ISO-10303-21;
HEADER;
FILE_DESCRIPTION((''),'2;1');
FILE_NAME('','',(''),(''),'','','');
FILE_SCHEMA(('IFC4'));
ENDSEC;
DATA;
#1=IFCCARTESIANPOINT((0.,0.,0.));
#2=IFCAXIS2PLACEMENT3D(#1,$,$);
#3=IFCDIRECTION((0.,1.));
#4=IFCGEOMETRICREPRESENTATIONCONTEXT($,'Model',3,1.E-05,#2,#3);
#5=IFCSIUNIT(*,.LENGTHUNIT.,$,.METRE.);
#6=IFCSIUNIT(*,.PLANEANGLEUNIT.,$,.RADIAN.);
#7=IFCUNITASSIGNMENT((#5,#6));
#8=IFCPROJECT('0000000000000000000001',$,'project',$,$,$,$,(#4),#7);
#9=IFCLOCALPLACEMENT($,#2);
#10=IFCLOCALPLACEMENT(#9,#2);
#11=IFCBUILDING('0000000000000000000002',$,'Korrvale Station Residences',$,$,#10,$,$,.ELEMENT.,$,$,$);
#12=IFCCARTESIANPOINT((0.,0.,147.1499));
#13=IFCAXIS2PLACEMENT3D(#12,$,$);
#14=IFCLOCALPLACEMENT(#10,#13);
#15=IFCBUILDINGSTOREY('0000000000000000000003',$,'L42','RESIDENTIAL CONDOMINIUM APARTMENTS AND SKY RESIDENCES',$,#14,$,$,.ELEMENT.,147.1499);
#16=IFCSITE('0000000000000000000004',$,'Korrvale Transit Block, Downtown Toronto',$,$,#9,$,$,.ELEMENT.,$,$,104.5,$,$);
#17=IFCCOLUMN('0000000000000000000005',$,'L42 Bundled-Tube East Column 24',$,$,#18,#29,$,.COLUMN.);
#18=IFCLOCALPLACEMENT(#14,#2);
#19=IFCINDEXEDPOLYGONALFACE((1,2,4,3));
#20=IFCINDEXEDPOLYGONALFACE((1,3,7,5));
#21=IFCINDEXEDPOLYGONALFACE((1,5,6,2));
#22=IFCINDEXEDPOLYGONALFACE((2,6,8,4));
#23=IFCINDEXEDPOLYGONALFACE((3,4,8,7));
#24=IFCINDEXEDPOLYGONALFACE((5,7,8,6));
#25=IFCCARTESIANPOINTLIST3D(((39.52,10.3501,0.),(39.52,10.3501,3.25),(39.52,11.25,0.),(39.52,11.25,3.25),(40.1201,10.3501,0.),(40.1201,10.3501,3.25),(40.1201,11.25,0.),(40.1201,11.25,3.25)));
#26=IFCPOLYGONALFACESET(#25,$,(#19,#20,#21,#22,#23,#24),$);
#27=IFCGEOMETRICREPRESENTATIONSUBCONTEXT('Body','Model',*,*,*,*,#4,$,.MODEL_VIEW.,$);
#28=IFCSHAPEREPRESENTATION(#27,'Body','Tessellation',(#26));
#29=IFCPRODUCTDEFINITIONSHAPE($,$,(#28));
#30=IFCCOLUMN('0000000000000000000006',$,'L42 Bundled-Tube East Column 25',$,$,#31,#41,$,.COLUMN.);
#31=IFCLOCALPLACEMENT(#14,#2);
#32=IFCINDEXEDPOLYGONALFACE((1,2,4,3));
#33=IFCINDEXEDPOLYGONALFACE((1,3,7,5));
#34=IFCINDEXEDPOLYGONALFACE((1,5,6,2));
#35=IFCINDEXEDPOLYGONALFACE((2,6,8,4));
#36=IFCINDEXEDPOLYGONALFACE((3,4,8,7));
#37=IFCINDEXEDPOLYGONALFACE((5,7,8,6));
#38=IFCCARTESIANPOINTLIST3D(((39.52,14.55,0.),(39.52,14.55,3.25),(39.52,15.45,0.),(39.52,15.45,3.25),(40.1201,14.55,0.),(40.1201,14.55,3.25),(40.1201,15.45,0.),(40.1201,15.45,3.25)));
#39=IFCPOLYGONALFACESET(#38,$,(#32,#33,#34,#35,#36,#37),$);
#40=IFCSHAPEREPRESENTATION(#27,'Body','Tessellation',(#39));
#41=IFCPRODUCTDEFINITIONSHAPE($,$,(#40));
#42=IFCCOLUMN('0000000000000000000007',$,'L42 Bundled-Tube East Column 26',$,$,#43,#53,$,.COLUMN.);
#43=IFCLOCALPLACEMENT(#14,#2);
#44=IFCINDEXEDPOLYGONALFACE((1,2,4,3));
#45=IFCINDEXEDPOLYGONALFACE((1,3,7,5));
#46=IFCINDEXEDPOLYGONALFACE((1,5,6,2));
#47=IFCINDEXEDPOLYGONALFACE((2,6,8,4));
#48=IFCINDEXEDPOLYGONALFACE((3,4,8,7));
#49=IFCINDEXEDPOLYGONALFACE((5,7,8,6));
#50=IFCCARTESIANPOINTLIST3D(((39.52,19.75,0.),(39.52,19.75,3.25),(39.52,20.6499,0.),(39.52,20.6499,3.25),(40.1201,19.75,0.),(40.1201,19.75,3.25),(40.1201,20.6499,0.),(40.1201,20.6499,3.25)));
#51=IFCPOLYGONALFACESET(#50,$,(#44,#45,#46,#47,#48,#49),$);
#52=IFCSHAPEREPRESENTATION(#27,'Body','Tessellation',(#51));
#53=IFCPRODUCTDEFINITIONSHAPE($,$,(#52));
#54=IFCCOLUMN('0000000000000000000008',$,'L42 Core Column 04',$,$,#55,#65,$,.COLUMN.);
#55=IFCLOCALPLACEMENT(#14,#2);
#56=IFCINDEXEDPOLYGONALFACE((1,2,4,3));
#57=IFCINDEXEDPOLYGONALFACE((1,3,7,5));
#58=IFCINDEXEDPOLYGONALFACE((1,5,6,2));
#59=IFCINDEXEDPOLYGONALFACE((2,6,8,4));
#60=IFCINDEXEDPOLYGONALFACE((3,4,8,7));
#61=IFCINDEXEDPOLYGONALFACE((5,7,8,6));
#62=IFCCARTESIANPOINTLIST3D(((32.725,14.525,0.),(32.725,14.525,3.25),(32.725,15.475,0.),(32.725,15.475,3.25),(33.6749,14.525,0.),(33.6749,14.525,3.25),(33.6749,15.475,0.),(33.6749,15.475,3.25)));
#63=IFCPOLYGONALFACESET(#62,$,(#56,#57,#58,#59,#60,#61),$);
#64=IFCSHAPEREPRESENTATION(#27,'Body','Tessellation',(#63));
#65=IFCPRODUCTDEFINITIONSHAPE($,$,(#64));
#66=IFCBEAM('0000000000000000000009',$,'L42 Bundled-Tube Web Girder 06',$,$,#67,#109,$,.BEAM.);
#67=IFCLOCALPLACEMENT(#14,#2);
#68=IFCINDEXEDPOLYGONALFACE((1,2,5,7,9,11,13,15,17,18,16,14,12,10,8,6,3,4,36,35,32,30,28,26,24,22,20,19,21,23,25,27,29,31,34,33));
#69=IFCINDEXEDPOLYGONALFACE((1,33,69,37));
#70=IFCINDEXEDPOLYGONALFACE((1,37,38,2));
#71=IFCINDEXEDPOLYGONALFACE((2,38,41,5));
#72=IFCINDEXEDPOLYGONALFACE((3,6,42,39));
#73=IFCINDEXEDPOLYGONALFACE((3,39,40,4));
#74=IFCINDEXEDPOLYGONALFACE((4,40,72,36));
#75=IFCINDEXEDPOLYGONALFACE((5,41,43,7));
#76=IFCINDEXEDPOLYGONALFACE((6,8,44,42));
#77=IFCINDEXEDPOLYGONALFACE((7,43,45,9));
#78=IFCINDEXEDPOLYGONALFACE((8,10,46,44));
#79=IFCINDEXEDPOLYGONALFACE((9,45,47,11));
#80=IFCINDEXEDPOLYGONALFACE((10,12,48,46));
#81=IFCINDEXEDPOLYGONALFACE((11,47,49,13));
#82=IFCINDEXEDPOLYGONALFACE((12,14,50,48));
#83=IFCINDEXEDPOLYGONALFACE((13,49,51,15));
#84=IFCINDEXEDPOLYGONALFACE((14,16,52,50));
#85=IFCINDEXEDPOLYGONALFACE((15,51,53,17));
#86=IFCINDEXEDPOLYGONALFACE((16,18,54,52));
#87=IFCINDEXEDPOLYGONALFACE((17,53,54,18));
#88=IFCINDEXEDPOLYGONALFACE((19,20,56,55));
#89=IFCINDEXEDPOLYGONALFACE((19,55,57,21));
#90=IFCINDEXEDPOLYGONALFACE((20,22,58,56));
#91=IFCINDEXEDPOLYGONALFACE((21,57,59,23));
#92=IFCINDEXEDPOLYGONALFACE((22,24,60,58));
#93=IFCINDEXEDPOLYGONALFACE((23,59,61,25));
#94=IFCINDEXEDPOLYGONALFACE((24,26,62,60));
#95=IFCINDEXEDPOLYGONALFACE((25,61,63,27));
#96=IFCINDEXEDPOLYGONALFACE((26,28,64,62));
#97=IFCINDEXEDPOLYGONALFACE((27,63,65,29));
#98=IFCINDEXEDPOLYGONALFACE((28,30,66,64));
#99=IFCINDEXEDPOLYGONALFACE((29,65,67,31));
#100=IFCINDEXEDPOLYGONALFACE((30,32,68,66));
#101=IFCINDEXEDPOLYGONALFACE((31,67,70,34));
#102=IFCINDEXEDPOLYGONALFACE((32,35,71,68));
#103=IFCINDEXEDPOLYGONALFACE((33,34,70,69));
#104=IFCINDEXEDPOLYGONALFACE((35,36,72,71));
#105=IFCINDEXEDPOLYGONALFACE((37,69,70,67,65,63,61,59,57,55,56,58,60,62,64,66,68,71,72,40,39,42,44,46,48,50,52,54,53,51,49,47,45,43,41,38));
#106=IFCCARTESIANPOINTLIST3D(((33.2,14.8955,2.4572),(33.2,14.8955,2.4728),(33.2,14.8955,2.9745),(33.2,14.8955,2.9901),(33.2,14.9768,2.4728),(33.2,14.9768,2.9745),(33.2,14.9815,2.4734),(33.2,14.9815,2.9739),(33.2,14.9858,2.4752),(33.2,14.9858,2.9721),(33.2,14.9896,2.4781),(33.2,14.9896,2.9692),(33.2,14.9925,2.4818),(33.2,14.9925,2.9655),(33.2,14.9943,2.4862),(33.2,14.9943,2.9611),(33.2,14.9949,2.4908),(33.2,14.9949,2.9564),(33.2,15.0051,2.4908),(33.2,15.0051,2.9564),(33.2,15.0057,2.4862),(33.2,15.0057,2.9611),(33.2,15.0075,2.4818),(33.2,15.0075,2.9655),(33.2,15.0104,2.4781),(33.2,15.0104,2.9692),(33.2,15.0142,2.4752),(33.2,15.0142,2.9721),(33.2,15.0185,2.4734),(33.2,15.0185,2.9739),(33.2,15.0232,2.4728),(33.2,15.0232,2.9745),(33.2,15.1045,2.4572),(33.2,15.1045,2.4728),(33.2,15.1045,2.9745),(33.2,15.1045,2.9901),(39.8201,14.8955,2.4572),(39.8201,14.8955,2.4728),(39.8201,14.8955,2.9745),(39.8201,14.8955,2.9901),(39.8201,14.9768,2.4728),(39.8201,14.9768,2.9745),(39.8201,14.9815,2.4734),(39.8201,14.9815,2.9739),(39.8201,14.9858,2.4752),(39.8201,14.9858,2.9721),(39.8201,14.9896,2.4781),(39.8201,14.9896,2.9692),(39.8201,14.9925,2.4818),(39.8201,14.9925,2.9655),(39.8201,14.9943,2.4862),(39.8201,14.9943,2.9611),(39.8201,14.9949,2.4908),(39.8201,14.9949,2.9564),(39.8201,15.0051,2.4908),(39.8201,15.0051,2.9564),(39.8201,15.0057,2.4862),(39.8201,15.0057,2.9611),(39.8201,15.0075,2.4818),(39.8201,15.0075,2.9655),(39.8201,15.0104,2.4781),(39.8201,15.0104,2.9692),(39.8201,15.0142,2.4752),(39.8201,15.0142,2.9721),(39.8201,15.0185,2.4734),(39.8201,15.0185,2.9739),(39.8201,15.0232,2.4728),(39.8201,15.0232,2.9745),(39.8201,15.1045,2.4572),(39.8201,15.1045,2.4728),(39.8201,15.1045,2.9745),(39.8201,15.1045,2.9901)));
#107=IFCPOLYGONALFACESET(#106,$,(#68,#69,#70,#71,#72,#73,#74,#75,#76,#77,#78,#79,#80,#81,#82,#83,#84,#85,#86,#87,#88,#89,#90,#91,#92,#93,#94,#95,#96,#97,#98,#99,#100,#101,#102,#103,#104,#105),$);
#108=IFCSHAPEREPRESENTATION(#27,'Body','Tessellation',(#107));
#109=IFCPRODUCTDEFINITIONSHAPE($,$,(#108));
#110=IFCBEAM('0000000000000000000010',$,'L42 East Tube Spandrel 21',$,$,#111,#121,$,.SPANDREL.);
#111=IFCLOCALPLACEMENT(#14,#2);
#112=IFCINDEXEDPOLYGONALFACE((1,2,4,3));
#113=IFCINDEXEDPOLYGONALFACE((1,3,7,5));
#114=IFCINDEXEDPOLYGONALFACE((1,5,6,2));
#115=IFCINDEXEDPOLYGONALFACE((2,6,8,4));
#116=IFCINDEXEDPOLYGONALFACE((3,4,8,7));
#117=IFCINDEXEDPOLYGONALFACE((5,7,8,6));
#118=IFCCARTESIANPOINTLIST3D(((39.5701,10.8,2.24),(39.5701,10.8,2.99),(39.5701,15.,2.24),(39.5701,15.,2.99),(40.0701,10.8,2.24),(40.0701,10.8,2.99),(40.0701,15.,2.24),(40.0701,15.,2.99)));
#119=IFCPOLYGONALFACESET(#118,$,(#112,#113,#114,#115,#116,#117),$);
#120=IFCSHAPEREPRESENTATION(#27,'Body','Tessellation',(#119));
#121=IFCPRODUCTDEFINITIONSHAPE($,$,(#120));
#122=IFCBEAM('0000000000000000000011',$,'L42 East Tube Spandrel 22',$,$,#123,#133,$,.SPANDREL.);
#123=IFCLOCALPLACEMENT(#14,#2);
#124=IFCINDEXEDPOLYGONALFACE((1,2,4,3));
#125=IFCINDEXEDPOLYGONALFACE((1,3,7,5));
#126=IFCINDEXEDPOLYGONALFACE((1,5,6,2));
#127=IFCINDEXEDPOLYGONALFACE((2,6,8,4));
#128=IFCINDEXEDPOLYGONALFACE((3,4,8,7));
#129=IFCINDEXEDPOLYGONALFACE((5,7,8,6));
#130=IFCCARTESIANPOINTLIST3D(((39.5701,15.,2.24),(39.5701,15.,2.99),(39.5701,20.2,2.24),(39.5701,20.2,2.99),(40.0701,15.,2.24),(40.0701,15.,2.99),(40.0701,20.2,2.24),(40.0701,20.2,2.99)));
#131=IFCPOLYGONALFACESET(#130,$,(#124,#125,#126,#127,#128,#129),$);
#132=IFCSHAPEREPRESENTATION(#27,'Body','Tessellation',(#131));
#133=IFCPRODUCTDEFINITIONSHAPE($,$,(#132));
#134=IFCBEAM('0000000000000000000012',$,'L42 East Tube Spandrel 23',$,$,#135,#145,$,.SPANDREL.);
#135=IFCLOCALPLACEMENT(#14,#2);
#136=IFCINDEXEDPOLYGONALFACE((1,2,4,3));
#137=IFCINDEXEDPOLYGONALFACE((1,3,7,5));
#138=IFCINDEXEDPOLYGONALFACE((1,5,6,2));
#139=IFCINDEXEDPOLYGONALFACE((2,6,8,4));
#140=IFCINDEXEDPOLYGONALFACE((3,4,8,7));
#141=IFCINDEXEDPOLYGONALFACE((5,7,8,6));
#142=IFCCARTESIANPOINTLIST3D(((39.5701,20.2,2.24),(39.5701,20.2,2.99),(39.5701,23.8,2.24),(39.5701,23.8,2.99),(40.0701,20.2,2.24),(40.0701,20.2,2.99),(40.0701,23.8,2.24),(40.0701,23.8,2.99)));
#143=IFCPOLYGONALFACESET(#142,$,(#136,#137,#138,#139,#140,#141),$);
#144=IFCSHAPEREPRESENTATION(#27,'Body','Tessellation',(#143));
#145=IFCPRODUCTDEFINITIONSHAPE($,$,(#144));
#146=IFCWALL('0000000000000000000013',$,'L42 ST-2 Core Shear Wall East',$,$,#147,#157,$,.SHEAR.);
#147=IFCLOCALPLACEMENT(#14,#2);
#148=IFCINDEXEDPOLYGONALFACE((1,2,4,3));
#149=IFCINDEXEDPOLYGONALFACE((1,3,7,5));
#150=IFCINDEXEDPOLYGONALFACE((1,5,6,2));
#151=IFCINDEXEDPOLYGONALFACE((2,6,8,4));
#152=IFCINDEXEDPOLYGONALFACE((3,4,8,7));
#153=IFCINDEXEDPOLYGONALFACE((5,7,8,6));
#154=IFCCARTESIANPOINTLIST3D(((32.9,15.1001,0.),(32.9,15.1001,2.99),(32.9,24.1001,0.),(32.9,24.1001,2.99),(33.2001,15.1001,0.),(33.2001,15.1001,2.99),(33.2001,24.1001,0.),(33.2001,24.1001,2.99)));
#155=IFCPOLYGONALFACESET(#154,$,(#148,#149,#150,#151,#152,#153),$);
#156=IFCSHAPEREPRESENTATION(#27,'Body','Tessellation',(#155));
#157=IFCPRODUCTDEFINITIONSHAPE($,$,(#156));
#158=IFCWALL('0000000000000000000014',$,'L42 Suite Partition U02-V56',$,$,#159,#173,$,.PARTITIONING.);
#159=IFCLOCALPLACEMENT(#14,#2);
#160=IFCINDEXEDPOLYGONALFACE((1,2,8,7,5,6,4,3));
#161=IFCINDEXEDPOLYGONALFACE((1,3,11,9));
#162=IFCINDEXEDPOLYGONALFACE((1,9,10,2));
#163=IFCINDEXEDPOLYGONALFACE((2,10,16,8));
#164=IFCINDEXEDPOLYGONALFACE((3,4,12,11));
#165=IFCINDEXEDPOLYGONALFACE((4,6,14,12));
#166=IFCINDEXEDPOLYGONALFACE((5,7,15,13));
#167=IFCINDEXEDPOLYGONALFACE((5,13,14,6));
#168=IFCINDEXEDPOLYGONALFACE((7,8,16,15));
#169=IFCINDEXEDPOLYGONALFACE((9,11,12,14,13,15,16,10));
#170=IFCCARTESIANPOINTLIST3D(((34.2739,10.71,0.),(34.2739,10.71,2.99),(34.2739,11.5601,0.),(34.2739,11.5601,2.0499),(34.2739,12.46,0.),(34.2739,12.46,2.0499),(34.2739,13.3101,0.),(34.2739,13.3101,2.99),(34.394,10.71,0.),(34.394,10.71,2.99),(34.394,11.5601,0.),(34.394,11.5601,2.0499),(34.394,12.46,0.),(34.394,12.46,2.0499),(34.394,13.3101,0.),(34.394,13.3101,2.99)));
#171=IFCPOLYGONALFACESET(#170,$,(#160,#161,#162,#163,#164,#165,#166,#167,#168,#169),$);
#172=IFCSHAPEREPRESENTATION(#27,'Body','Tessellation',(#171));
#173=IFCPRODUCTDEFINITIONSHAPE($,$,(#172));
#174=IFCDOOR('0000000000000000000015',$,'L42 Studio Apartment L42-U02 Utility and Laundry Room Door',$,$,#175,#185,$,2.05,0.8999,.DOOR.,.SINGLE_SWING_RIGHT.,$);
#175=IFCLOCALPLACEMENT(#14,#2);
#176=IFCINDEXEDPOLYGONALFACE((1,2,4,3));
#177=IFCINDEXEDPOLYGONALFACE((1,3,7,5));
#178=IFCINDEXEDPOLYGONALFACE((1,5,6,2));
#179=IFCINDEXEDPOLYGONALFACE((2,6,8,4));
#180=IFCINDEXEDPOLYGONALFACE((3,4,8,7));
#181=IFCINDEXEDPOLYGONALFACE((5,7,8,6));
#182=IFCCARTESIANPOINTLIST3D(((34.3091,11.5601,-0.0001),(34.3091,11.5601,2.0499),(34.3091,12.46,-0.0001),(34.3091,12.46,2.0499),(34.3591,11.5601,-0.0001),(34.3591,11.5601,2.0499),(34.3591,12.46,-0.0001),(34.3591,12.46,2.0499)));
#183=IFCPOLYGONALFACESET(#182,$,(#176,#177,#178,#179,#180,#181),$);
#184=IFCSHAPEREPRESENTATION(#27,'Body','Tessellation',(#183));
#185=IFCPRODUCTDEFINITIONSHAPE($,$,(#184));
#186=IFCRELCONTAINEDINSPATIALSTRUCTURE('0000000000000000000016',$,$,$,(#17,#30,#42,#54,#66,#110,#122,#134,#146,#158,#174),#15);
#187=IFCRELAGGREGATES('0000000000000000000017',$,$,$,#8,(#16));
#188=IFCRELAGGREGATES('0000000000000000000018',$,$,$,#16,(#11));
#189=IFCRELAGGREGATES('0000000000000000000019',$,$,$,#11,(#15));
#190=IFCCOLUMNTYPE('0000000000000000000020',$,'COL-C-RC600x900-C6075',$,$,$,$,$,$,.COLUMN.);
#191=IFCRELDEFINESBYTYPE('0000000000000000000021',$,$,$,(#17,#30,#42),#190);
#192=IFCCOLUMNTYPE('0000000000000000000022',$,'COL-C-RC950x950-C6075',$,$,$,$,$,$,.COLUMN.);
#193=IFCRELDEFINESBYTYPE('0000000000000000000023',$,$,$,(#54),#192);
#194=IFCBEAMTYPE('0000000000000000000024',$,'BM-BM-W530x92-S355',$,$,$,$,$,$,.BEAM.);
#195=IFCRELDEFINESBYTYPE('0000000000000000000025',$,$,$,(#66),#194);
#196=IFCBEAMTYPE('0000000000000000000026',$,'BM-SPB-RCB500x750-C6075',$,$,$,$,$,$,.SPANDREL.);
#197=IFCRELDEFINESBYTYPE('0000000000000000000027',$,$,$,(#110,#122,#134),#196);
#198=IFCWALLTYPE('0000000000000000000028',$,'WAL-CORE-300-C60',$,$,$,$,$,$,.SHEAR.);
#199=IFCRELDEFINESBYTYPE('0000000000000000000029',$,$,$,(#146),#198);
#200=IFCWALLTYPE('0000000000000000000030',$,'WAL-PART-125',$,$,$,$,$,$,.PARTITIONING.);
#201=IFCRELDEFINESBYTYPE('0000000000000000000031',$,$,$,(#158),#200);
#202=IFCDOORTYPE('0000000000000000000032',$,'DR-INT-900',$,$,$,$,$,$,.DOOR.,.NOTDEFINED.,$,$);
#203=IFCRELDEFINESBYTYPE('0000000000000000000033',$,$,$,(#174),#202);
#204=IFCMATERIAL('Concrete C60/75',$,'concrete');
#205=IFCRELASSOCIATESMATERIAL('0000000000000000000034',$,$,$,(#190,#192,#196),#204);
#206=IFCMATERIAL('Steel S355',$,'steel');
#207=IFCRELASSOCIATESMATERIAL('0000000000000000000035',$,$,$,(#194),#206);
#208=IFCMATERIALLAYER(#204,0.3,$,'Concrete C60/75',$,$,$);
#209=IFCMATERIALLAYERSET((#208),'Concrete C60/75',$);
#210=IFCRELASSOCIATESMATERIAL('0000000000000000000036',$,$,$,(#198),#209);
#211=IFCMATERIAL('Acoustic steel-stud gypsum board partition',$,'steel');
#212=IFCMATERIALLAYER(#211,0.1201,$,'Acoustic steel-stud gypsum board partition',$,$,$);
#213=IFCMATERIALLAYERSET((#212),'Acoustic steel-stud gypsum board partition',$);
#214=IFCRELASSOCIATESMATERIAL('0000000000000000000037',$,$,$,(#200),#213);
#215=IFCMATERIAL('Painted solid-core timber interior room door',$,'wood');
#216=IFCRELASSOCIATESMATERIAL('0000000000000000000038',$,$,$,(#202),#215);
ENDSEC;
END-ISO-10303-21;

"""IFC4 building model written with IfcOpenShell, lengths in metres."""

from ifc_helpers import new_model, si_unit, direction, frame, frame_2d, origin, origin_2d, place, context, subcontext, project, spatial, rectangle, i_section, extrude, material, layer, layer_set, material_profile, profile_set, type_object, element, fill, save


model = new_model("IFC4")

# Units and contexts
model_context = context("Model", 3, precision=1e-05, world=origin(), true_north=direction((0.0, 1.0)))
body_context = subcontext(model_context, "Body", "Model", "MODEL_VIEW")
ifc_project = project(units=[si_unit("LENGTHUNIT", "METRE"), si_unit("PLANEANGLEUNIT", "RADIAN")], contexts=[model_context])

# Site, building, storey
site_placement = place(None, origin())
site = spatial("IfcSite", under=ifc_project, at=site_placement, Name="Korrvale Transit Block, Downtown Toronto", CompositionType="ELEMENT", RefElevation=104.5)
building_placement = place(site_placement, origin())
building = spatial("IfcBuilding", under=site, at=building_placement, Name="Korrvale Station Residences", CompositionType="ELEMENT")
storey_placement = place(building_placement, frame((0.0, 0.0, 147.1499)))
storey = spatial("IfcBuildingStorey", under=building, at=storey_placement, Name="L42", Description="RESIDENTIAL CONDOMINIUM APARTMENTS AND SKY RESIDENCES", CompositionType="ELEMENT", Elevation=147.1499)

# Columns
ifc_material_1 = material(Name="Concrete C60/75", Category="concrete")
ifc_material_profile_1 = material_profile(ifc_material_1, rectangle(XDim=0.6001, YDim=0.8999, at=origin_2d()), Name="RC600x900")
ifc_profile_set_1 = profile_set([ifc_material_profile_1], Name="Concrete C60/75")
column_type_1 = type_object("IfcColumnType", Name="COL-C-RC600x900-C6075", PredefinedType="COLUMN", material=ifc_profile_set_1)
for number, where, z_axis, x_axis, name in (
    (1, (39.8201, 10.8, 0.0), (0.0, 0.0, 1.0), (1.0, 0.0, 0.0), "L42 Bundled-Tube East Column 24"),
    (2, (39.8201, 15.0, 0.0), (0.0, 0.0, 1.0), (1.0, 0.0, 0.0), "L42 Bundled-Tube East Column 25"),
    (3, (39.8201, 20.2, 0.0), (0.0, 0.0, 1.0), (1.0, 0.0, 0.0), "L42 Bundled-Tube East Column 26"),
):
    element("IfcColumn", number, at=place(storey_placement, frame(where, z_axis=z_axis, x_axis=x_axis)), inside=storey, type_object=column_type_1, Name=name, PredefinedType="COLUMN", context=body_context, shape_type="SweptSolid", body=[
        extrude(rectangle(XDim=0.6001, YDim=0.8999, at=origin_2d()), origin(), (0.0, 0.0, 1.0), 3.25),
    ])
ifc_material_profile_2 = material_profile(ifc_material_1, rectangle(XDim=0.95, YDim=0.95, at=origin_2d()), Name="RC950x950")
ifc_profile_set_2 = profile_set([ifc_material_profile_2], Name="Concrete C60/75")
column_type_2 = type_object("IfcColumnType", Name="COL-C-RC950x950-C6075", PredefinedType="COLUMN", material=ifc_profile_set_2)
column_placement = place(storey_placement, frame((33.2, 15.0, 0.0), z_axis=(0.0, 0.0, 1.0), x_axis=(1.0, 0.0, 0.0)))
element("IfcColumn", 4, at=column_placement, inside=storey, type_object=column_type_2, Name="L42 Core Column 04", PredefinedType="COLUMN", context=body_context, shape_type="SweptSolid", body=[
    extrude(rectangle(XDim=0.95, YDim=0.95, at=origin_2d()), origin(), (0.0, 0.0, 1.0), 3.25),
])

# Beams
ifc_material_2 = material(Name="Steel S355", Category="steel")
ifc_material_profile_3 = material_profile(ifc_material_2, i_section(OverallWidth=0.209, OverallDepth=0.533, WebThickness=0.0103, FlangeThickness=0.0156, FilletRadius=0.0181, at=origin_2d()), Name="W530x92")
ifc_profile_set_3 = profile_set([ifc_material_profile_3], Name="Steel S355")
beam_type_1 = type_object("IfcBeamType", Name="BM-BM-W530x92-S355", PredefinedType="BEAM", material=ifc_profile_set_3)
beam_1_placement = place(storey_placement, frame((33.2, 15.0, 2.7236), z_axis=(1.0, 0.0, 0.0), x_axis=(0.0, 1.0, 0.0)))
element("IfcBeam", 5, at=beam_1_placement, inside=storey, type_object=beam_type_1, Name="L42 Bundled-Tube Web Girder 06", PredefinedType="BEAM", context=body_context, shape_type="SweptSolid", body=[
    extrude(i_section(OverallWidth=0.209, OverallDepth=0.533, WebThickness=0.0103, FlangeThickness=0.0156, FilletRadius=0.0181, at=origin_2d()), origin(), (0.0, 0.0, 1.0), 6.6201),
])
ifc_material_profile_4 = material_profile(ifc_material_1, rectangle(XDim=0.5, YDim=0.75, at=origin_2d()), Name="RCB500x750")
ifc_profile_set_4 = profile_set([ifc_material_profile_4], Name="Concrete C60/75")
beam_type_2 = type_object("IfcBeamType", Name="BM-SPB-RCB500x750-C6075", PredefinedType="SPANDREL", material=ifc_profile_set_4)
beam_2_placement = place(storey_placement, frame((39.8201, 10.8, 2.615), z_axis=(0.0, 1.0, 0.0), x_axis=(-1.0, 0.0, 0.0)))
element("IfcBeam", 6, at=beam_2_placement, inside=storey, type_object=beam_type_2, Name="L42 East Tube Spandrel 21", PredefinedType="SPANDREL", context=body_context, shape_type="SweptSolid", body=[
    extrude(rectangle(XDim=0.5, YDim=0.75, at=origin_2d()), origin(), (0.0, 0.0, 1.0), 4.2),
])
beam_3_placement = place(storey_placement, frame((39.8201, 15.0, 2.615), z_axis=(0.0, 1.0, 0.0), x_axis=(-1.0, 0.0, 0.0)))
element("IfcBeam", 7, at=beam_3_placement, inside=storey, type_object=beam_type_2, Name="L42 East Tube Spandrel 22", PredefinedType="SPANDREL", context=body_context, shape_type="SweptSolid", body=[
    extrude(rectangle(XDim=0.5, YDim=0.75, at=origin_2d()), origin(), (0.0, 0.0, 1.0), 5.2),
])
beam_4_placement = place(storey_placement, frame((39.8201, 20.2, 2.615), z_axis=(0.0, 1.0, 0.0), x_axis=(-1.0, 0.0, 0.0)))
element("IfcBeam", 8, at=beam_4_placement, inside=storey, type_object=beam_type_2, Name="L42 East Tube Spandrel 23", PredefinedType="SPANDREL", context=body_context, shape_type="SweptSolid", body=[
    extrude(rectangle(XDim=0.5, YDim=0.75, at=origin_2d()), origin(), (0.0, 0.0, 1.0), 3.6001),
])

# Wall
ifc_layer_1 = layer(ifc_material_1, 0.3, Name="Concrete C60/75")
ifc_layer_set_1 = layer_set([ifc_layer_1], Name="Concrete C60/75")
wall_type_1 = type_object("IfcWallType", Name="WAL-CORE-300-C60", PredefinedType="SHEAR", material=ifc_layer_set_1)
wall_1_placement = place(storey_placement, frame((33.05, 15.1001, 0.0), z_axis=(0.0, 0.0, 1.0), x_axis=(0.0, 1.0, 0.0)))
element("IfcWall", 9, at=wall_1_placement, inside=storey, type_object=wall_type_1, Name="L42 ST-2 Core Shear Wall East", PredefinedType="SHEAR", context=body_context, shape_type="SweptSolid", body=[
    extrude(rectangle(XDim=9.0, YDim=0.3, at=frame_2d((4.5, 0.0))), origin(), (0.0, 0.0, 1.0), 2.99),
])

# Wall, opening, door
ifc_material_3 = material(Name="Acoustic steel-stud gypsum board partition", Category="steel")
ifc_layer_2 = layer(ifc_material_3, 0.1201, Name="Acoustic steel-stud gypsum board partition")
ifc_layer_set_2 = layer_set([ifc_layer_2], Name="Acoustic steel-stud gypsum board partition")
wall_type_2 = type_object("IfcWallType", Name="WAL-PART-125", PredefinedType="PARTITIONING", material=ifc_layer_set_2)
wall_2_placement = place(storey_placement, frame((34.334, 10.71, 0.0), z_axis=(0.0, 0.0, 1.0), x_axis=(0.0, 1.0, 0.0)))
wall_2 = element("IfcWall", 10, at=wall_2_placement, inside=storey, type_object=wall_type_2, Name="L42 Suite Partition U02-V56", PredefinedType="PARTITIONING", context=body_context, shape_type="SweptSolid", body=[
    extrude(rectangle(XDim=2.6001, YDim=0.1201, at=frame_2d((1.3, 0.0))), origin(), (0.0, 0.0, 1.0), 2.99),
])
opening_1_placement = place(wall_2_placement, frame((0.8501, 0.0, 0.0)))
opening_1 = element("IfcOpeningElement", 11, at=opening_1_placement, cuts=wall_2, PredefinedType="OPENING", context=body_context, shape_type="SweptSolid", body=[
    extrude(rectangle(XDim=0.8999, YDim=2.05, at=frame_2d((0.45, 1.0249))), frame((0.0, 0.0701, 0.0), z_axis=(0.0, -1.0, 0.0), x_axis=(1.0, 0.0, 0.0)), (0.0, 0.0, 1.0), 0.1401),
])
ifc_material_4 = material(Name="Painted solid-core timber interior room door", Category="wood")
door_type_1 = type_object("IfcDoorType", Name="DR-INT-900", OperationType="NOTDEFINED", PredefinedType="DOOR", material=ifc_material_4)
door_1_placement = place(opening_1_placement, origin())
door_1 = element("IfcDoor", 12, at=door_1_placement, inside=storey, type_object=door_type_1, Name="L42 Studio Apartment L42-U02 Utility and Laundry Room Door", OperationType="SINGLE_SWING_RIGHT", OverallHeight=2.05, OverallWidth=0.8999, PredefinedType="DOOR", context=body_context, shape_type="SweptSolid", body=[
    extrude(rectangle(XDim=0.8999, YDim=2.05, at=frame_2d((0.45, 1.0249))), frame((0.0, 0.0249, 0.0), z_axis=(0.0, -1.0, 0.0), x_axis=(1.0, 0.0, 0.0)), (0.0, 0.0, 1.0), 0.05),
])
fill(opening_1, door_1)

save(model, "model.ifc")
